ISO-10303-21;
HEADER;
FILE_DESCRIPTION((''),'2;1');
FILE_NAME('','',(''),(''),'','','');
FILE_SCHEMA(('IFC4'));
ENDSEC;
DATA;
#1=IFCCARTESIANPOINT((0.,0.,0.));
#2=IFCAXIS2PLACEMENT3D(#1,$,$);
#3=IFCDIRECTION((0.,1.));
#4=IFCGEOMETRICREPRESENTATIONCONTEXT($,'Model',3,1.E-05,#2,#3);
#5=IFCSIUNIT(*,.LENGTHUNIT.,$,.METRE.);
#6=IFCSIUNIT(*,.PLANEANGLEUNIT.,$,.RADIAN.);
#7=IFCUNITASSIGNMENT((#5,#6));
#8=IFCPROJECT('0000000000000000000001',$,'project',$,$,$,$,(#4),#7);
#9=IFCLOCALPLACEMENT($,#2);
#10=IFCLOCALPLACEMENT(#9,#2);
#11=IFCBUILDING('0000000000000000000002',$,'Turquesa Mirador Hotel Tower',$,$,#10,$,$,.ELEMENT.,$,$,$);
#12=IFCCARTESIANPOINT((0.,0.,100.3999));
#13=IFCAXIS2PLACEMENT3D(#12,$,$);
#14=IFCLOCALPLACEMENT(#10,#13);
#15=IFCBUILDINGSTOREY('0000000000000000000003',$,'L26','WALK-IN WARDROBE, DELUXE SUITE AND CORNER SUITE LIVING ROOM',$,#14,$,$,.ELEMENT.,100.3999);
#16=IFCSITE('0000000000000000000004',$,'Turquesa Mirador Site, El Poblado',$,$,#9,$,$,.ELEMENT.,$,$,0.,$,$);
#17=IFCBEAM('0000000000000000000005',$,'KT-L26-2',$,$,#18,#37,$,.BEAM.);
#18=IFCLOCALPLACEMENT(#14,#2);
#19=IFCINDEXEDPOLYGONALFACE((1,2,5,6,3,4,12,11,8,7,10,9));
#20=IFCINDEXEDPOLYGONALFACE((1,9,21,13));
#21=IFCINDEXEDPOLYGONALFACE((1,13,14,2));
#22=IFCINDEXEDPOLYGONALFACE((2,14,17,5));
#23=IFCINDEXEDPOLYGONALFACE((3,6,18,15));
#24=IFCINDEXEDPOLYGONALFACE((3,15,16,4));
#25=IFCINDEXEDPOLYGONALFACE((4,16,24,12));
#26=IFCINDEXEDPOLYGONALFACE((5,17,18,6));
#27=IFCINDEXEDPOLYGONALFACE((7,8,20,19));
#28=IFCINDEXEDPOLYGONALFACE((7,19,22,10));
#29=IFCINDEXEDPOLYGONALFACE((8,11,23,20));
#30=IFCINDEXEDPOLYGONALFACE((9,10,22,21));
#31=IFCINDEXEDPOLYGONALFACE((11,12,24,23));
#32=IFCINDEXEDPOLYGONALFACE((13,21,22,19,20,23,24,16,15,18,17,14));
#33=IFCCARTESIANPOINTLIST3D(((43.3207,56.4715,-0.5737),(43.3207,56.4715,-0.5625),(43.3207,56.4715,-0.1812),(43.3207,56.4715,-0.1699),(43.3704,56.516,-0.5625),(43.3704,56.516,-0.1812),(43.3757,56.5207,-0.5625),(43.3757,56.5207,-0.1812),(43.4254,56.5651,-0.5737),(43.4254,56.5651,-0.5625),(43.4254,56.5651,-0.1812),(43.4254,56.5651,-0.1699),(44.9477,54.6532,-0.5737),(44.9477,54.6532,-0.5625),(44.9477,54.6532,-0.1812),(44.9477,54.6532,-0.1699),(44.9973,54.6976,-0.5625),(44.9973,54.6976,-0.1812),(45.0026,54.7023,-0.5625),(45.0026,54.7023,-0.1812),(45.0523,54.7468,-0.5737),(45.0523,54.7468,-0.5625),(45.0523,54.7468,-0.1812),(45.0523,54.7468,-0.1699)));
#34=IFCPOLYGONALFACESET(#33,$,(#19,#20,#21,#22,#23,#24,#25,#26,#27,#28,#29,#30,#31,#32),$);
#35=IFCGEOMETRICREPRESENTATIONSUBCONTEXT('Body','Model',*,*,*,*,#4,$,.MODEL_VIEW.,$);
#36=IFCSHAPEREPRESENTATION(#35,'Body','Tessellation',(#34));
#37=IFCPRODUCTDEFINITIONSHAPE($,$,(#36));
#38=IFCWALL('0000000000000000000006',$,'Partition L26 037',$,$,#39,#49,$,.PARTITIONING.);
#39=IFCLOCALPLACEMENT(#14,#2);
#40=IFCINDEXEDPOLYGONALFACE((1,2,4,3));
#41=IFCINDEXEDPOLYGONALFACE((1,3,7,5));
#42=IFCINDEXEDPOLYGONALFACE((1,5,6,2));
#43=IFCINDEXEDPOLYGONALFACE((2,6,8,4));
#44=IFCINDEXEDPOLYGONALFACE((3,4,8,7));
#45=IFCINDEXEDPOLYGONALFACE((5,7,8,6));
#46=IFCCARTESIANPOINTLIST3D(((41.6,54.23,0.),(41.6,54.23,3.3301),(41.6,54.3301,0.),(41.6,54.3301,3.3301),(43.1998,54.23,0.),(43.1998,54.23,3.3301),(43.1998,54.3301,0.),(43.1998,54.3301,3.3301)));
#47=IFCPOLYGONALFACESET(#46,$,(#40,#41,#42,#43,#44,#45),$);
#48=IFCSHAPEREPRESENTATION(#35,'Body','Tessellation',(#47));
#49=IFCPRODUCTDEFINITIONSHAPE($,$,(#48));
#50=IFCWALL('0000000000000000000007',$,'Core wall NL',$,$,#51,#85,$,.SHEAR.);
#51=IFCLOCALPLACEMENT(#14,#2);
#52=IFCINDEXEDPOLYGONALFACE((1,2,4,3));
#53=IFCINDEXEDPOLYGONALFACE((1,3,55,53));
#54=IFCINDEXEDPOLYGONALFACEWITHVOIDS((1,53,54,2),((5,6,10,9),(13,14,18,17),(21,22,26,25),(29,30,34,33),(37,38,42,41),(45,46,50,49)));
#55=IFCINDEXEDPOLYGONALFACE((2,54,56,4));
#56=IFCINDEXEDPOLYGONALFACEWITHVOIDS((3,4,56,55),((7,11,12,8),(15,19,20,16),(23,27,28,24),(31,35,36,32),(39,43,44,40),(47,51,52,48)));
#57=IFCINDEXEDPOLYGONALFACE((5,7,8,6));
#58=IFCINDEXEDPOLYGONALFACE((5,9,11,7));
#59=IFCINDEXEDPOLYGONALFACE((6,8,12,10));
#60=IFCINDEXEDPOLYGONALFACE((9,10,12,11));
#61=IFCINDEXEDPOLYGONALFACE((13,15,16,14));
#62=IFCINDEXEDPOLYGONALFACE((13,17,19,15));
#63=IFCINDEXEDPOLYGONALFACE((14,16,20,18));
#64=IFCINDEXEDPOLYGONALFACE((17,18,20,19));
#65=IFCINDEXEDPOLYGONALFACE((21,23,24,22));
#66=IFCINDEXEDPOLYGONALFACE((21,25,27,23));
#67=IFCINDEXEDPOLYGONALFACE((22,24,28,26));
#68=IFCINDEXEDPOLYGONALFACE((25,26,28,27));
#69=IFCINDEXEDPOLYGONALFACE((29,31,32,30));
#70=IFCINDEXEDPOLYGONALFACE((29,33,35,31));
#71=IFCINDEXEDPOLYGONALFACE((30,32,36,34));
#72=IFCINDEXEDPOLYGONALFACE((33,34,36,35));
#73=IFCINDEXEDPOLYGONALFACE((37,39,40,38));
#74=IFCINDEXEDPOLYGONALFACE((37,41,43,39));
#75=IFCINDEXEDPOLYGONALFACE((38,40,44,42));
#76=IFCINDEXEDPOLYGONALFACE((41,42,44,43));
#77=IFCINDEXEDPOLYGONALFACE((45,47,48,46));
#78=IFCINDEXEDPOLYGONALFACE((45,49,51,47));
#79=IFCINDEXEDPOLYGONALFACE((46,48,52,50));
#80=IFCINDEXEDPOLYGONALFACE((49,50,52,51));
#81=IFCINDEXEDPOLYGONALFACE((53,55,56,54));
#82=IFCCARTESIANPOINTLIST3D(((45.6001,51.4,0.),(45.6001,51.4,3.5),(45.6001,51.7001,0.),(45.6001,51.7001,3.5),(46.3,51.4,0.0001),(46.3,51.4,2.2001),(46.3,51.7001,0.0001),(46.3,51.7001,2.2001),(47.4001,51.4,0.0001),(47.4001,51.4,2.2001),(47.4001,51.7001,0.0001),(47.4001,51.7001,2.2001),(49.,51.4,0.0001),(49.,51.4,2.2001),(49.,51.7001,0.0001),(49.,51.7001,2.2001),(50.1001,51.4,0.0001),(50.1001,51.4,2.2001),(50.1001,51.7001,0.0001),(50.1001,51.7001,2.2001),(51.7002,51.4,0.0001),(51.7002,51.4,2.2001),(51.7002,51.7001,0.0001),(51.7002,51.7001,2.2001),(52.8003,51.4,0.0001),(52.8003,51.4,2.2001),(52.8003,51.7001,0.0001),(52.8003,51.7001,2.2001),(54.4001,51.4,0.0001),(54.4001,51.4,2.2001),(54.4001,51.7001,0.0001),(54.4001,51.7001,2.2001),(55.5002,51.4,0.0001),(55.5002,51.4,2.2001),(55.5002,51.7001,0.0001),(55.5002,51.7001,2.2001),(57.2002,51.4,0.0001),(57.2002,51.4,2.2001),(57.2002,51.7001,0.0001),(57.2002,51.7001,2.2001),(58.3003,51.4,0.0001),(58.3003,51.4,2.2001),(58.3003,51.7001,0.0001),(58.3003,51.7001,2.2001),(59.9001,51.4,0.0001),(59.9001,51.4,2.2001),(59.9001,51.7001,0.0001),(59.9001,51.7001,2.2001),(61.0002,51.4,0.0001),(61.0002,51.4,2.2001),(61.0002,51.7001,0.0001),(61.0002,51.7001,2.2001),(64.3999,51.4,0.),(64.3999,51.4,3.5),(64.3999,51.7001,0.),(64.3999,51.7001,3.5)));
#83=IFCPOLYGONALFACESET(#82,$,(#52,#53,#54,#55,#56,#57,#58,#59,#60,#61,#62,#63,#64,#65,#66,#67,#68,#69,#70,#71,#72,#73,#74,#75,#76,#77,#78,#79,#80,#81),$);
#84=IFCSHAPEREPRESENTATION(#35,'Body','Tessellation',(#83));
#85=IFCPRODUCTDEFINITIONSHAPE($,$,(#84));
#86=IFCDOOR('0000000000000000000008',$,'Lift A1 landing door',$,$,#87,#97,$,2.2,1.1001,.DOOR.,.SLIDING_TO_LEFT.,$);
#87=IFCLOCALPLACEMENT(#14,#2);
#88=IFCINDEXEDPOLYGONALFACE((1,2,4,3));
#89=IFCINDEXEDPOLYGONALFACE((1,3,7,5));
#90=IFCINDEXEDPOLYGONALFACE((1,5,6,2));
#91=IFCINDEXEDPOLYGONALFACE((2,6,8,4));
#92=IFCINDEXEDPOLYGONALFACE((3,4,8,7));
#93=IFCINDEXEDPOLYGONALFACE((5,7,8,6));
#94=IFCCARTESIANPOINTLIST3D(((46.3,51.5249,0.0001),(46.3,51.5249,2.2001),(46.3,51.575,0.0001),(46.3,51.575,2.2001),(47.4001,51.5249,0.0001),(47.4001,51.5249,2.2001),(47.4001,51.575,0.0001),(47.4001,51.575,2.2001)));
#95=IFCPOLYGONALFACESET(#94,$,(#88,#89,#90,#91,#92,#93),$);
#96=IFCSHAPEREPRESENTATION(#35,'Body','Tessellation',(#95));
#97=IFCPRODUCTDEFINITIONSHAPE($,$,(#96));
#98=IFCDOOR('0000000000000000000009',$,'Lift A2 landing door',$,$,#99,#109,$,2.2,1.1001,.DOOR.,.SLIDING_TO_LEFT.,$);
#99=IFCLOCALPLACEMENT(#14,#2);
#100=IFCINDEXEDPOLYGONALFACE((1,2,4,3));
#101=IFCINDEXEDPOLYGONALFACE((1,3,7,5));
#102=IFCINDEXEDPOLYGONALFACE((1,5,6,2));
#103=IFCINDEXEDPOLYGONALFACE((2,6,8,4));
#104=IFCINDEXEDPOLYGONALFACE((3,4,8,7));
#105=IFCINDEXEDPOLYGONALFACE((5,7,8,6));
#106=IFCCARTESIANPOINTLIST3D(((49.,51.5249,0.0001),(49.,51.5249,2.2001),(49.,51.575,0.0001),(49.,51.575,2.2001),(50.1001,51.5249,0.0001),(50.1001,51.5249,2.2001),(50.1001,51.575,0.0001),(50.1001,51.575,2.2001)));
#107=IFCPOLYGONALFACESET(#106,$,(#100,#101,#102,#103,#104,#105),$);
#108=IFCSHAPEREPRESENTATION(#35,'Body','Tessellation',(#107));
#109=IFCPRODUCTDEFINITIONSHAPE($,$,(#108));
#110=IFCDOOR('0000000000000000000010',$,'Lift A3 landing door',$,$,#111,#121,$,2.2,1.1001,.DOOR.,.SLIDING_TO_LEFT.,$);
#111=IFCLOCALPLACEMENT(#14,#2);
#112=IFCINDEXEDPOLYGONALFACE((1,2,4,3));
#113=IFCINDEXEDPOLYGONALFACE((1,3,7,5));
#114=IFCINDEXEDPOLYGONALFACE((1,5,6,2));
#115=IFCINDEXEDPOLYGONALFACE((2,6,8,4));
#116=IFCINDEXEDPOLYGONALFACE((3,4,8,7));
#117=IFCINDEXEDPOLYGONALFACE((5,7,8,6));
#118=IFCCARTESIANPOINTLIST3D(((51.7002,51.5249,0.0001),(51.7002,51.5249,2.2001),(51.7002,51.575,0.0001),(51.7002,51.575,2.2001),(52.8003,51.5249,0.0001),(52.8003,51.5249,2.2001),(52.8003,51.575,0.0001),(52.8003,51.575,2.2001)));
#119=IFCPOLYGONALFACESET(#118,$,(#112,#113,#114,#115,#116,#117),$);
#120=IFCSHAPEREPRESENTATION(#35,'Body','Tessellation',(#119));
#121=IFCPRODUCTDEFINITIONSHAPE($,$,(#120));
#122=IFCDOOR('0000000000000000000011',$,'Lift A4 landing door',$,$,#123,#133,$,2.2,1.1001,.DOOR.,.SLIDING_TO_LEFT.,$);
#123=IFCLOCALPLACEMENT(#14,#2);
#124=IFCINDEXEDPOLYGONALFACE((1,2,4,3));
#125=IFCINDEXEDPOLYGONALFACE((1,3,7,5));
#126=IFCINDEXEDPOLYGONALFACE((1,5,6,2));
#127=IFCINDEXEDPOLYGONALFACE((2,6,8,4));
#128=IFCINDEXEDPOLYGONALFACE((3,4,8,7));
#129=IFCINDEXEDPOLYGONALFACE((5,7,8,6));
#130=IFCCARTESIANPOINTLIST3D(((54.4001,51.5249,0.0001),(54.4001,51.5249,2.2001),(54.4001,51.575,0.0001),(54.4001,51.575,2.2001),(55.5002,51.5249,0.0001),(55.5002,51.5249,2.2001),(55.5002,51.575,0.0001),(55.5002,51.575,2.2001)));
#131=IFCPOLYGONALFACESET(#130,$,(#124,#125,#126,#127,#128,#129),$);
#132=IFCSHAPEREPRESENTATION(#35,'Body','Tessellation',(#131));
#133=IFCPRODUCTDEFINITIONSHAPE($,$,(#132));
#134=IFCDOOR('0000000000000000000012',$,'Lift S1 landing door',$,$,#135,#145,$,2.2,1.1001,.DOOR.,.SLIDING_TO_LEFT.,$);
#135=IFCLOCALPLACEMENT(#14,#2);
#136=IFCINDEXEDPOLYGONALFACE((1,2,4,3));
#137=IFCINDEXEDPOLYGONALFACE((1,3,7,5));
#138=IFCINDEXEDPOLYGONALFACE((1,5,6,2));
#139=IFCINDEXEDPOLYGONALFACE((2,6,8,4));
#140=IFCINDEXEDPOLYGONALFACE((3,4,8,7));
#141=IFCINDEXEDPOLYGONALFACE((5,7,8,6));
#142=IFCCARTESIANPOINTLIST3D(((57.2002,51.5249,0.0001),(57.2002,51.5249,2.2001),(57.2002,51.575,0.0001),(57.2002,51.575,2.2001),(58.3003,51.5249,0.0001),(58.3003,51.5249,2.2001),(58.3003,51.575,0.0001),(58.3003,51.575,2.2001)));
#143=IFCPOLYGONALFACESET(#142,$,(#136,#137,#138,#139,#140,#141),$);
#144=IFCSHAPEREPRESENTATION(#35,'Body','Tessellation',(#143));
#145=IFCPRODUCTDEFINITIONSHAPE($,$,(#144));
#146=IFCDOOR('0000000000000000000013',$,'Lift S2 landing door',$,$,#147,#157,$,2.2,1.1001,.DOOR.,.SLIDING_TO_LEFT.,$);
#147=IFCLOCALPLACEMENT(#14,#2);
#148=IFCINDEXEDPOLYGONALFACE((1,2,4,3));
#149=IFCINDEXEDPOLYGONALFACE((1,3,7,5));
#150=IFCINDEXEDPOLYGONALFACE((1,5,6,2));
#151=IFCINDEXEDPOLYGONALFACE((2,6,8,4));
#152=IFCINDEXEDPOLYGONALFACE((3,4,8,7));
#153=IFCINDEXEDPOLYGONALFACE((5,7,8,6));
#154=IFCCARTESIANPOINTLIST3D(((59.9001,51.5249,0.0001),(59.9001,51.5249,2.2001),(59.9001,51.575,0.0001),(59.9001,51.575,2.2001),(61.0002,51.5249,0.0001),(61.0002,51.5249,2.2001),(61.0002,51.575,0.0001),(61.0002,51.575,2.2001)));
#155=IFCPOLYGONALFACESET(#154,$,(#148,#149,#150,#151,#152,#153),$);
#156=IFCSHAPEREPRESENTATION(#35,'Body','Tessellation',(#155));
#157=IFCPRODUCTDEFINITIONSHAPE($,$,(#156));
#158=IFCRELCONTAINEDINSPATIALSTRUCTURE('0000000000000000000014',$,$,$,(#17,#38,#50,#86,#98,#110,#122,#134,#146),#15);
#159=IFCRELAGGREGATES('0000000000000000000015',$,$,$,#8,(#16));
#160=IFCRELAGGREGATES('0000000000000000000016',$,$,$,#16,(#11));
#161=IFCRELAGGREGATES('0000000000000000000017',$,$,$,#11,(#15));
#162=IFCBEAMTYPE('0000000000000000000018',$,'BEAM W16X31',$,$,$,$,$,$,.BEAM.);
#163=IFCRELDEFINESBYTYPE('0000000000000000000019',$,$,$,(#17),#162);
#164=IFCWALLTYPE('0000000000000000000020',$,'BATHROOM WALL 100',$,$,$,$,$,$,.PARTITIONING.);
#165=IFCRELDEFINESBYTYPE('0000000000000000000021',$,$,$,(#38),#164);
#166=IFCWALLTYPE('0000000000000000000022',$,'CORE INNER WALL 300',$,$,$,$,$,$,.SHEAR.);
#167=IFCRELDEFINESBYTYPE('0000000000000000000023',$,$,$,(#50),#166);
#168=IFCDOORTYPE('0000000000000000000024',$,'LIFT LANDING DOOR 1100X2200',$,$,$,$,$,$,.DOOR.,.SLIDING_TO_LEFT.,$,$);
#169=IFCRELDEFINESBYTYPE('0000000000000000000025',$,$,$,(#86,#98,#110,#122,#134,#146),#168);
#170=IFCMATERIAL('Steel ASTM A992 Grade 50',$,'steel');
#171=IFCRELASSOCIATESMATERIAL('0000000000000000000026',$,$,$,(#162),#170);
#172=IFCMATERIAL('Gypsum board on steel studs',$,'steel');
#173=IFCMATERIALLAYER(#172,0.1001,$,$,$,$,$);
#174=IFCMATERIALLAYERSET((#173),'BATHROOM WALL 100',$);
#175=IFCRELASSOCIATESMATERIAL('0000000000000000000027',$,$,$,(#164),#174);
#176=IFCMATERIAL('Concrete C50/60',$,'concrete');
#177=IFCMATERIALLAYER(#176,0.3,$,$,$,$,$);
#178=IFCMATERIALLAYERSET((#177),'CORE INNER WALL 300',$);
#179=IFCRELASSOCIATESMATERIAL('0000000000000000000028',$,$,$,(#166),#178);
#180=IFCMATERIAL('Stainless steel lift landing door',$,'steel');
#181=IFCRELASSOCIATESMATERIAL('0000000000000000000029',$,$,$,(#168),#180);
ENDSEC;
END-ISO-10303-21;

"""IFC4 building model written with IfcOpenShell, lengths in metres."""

from ifc_helpers import new_model, si_unit, direction, frame, frame_2d, origin, origin_2d, place, context, subcontext, project, spatial, rectangle, i_section, extrude, material, layer, layer_set, material_profile, profile_set, type_object, element, fill, save


model = new_model("IFC4")

# Units and contexts
model_context = context("Model", 3, precision=1e-05, world=origin(), true_north=direction((0.0, 1.0)))
body_context = subcontext(model_context, "Body", "Model", "MODEL_VIEW")
ifc_project = project(units=[si_unit("LENGTHUNIT", "METRE"), si_unit("PLANEANGLEUNIT", "RADIAN")], contexts=[model_context])

# Site, building, storey
site_placement = place(None, origin())
site = spatial("IfcSite", under=ifc_project, at=site_placement, Name="Turquesa Mirador Site, El Poblado", CompositionType="ELEMENT", RefElevation=0.0)
building_placement = place(site_placement, origin())
building = spatial("IfcBuilding", under=site, at=building_placement, Name="Turquesa Mirador Hotel Tower", CompositionType="ELEMENT")
storey_placement = place(building_placement, frame((0.0, 0.0, 100.3999)))
storey = spatial("IfcBuildingStorey", under=building, at=storey_placement, Name="L26", Description="WALK-IN WARDROBE, DELUXE SUITE AND CORNER SUITE LIVING ROOM", CompositionType="ELEMENT", Elevation=100.3999)

# Beam
ifc_material_1 = material(Name="Steel ASTM A992 Grade 50", Category="steel")
ifc_material_profile = material_profile(ifc_material_1, i_section(OverallWidth=0.1404, OverallDepth=0.4038, WebThickness=0.0071, FlangeThickness=0.0112, at=origin_2d()), Name="W16X31")
ifc_profile_set = profile_set([ifc_material_profile], Name="Steel ASTM A992 Grade 50")
beam_type = type_object("IfcBeamType", Name="BEAM W16X31", PredefinedType="BEAM", material=ifc_profile_set)
beam_placement = place(storey_placement, frame((43.373, 56.5183, -0.3718), z_axis=(0.666795, -0.745241, 0.0), x_axis=(0.745241, 0.666795, 0.0)))
element("IfcBeam", 1, at=beam_placement, inside=storey, type_object=beam_type, Name="KT-L26-2", PredefinedType="BEAM", context=body_context, shape_type="SweptSolid", body=[
    extrude(i_section(OverallWidth=0.1404, OverallDepth=0.4038, WebThickness=0.0071, FlangeThickness=0.0112, at=origin_2d()), origin(), (0.0, 0.0, 1.0), 2.4399),
])

# Wall
ifc_material_2 = material(Name="Gypsum board on steel studs", Category="steel")
ifc_layer_1 = layer(ifc_material_2, 0.1001)
ifc_layer_set_1 = layer_set([ifc_layer_1], Name="BATHROOM WALL 100")
wall_type_1 = type_object("IfcWallType", Name="BATHROOM WALL 100", PredefinedType="PARTITIONING", material=ifc_layer_set_1)
wall_1_placement = place(storey_placement, frame((41.6001, 54.28, 0.0), z_axis=(0.0, 0.0, 1.0), x_axis=(1.0, 0.0, 0.0)))
element("IfcWall", 2, at=wall_1_placement, inside=storey, type_object=wall_type_1, Name="Partition L26 037", PredefinedType="PARTITIONING", context=body_context, shape_type="SweptSolid", body=[
    extrude(rectangle(XDim=1.5999, YDim=0.1001, at=frame_2d((0.7998, 0.0))), origin(), (0.0, 0.0, 1.0), 3.3301),
])

# Wall, openings, doors
ifc_material_3 = material(Name="Concrete C50/60", Category="concrete")
ifc_layer_2 = layer(ifc_material_3, 0.3)
ifc_layer_set_2 = layer_set([ifc_layer_2], Name="CORE INNER WALL 300")
wall_type_2 = type_object("IfcWallType", Name="CORE INNER WALL 300", PredefinedType="SHEAR", material=ifc_layer_set_2)
wall_2_placement = place(storey_placement, frame((45.6001, 51.55, 0.0), z_axis=(0.0, 0.0, 1.0), x_axis=(1.0, 0.0, 0.0)))
wall_2 = element("IfcWall", 3, at=wall_2_placement, inside=storey, type_object=wall_type_2, Name="Core wall NL", PredefinedType="SHEAR", context=body_context, shape_type="SweptSolid", body=[
    extrude(rectangle(XDim=18.7998, YDim=0.3, at=frame_2d((9.3999, 0.0))), origin(), (0.0, 0.0, 1.0), 3.5),
])
opening_1_placement = place(wall_2_placement, frame((0.7, 0.0, 0.0)))
opening_1 = element("IfcOpeningElement", 4, at=opening_1_placement, cuts=wall_2, PredefinedType="OPENING", context=body_context, shape_type="SweptSolid", body=[
    extrude(rectangle(XDim=1.1001, YDim=2.2, at=frame_2d((0.55, 1.1001))), frame((0.0, 0.1599, 0.0), z_axis=(0.0, -1.0, 0.0), x_axis=(1.0, 0.0, 0.0)), (0.0, 0.0, 1.0), 0.3201),
])
opening_2_placement = place(wall_2_placement, frame((3.3999, 0.0, 0.0)))
opening_2 = element("IfcOpeningElement", 5, at=opening_2_placement, cuts=wall_2, PredefinedType="OPENING", context=body_context, shape_type="SweptSolid", body=[
    extrude(rectangle(XDim=1.1001, YDim=2.2, at=frame_2d((0.55, 1.1001))), frame((0.0, 0.1599, 0.0), z_axis=(0.0, -1.0, 0.0), x_axis=(1.0, 0.0, 0.0)), (0.0, 0.0, 1.0), 0.3201),
])
opening_3_placement = place(wall_2_placement, frame((6.1001, 0.0, 0.0)))
opening_3 = element("IfcOpeningElement", 6, at=opening_3_placement, cuts=wall_2, PredefinedType="OPENING", context=body_context, shape_type="SweptSolid", body=[
    extrude(rectangle(XDim=1.1001, YDim=2.2, at=frame_2d((0.55, 1.1001))), frame((0.0, 0.1599, 0.0), z_axis=(0.0, -1.0, 0.0), x_axis=(1.0, 0.0, 0.0)), (0.0, 0.0, 1.0), 0.3201),
])
opening_4_placement = place(wall_2_placement, frame((8.8, 0.0, 0.0)))
opening_4 = element("IfcOpeningElement", 7, at=opening_4_placement, cuts=wall_2, PredefinedType="OPENING", context=body_context, shape_type="SweptSolid", body=[
    extrude(rectangle(XDim=1.1001, YDim=2.2, at=frame_2d((0.55, 1.1001))), frame((0.0, 0.1599, 0.0), z_axis=(0.0, -1.0, 0.0), x_axis=(1.0, 0.0, 0.0)), (0.0, 0.0, 1.0), 0.3201),
])
opening_5_placement = place(wall_2_placement, frame((11.6001, 0.0, 0.0)))
opening_5 = element("IfcOpeningElement", 8, at=opening_5_placement, cuts=wall_2, PredefinedType="OPENING", context=body_context, shape_type="SweptSolid", body=[
    extrude(rectangle(XDim=1.1001, YDim=2.2, at=frame_2d((0.55, 1.1001))), frame((0.0, 0.1599, 0.0), z_axis=(0.0, -1.0, 0.0), x_axis=(1.0, 0.0, 0.0)), (0.0, 0.0, 1.0), 0.3201),
])
opening_6_placement = place(wall_2_placement, frame((14.3, 0.0, 0.0)))
opening_6 = element("IfcOpeningElement", 9, at=opening_6_placement, cuts=wall_2, PredefinedType="OPENING", context=body_context, shape_type="SweptSolid", body=[
    extrude(rectangle(XDim=1.1001, YDim=2.2, at=frame_2d((0.55, 1.1001))), frame((0.0, 0.1599, 0.0), z_axis=(0.0, -1.0, 0.0), x_axis=(1.0, 0.0, 0.0)), (0.0, 0.0, 1.0), 0.3201),
])
ifc_material_4 = material(Name="Stainless steel lift landing door", Category="steel")
door_type = type_object("IfcDoorType", Name="LIFT LANDING DOOR 1100X2200", OperationType="SLIDING_TO_LEFT", PredefinedType="DOOR", material=ifc_material_4)
door_1_placement = place(opening_1_placement, origin())
door_1 = element("IfcDoor", 10, at=door_1_placement, inside=storey, type_object=door_type, Name="Lift A1 landing door", OperationType="SLIDING_TO_LEFT", OverallHeight=2.2, OverallWidth=1.1001, PredefinedType="DOOR", context=body_context, shape_type="SweptSolid", body=[
    extrude(rectangle(XDim=1.1001, YDim=2.2, at=frame_2d((0.55, 1.1001))), frame((0.0, 0.0249, 0.0), z_axis=(0.0, -1.0, 0.0), x_axis=(1.0, 0.0, 0.0)), (0.0, 0.0, 1.0), 0.05),
])
fill(opening_1, door_1)
door_2_placement = place(opening_2_placement, origin())
door_2 = element("IfcDoor", 11, at=door_2_placement, inside=storey, type_object=door_type, Name="Lift A2 landing door", OperationType="SLIDING_TO_LEFT", OverallHeight=2.2, OverallWidth=1.1001, PredefinedType="DOOR", context=body_context, shape_type="SweptSolid", body=[
    extrude(rectangle(XDim=1.1001, YDim=2.2, at=frame_2d((0.55, 1.1001))), frame((0.0, 0.0249, 0.0), z_axis=(0.0, -1.0, 0.0), x_axis=(1.0, 0.0, 0.0)), (0.0, 0.0, 1.0), 0.05),
])
fill(opening_2, door_2)
door_3_placement = place(opening_3_placement, origin())
door_3 = element("IfcDoor", 12, at=door_3_placement, inside=storey, type_object=door_type, Name="Lift A3 landing door", OperationType="SLIDING_TO_LEFT", OverallHeight=2.2, OverallWidth=1.1001, PredefinedType="DOOR", context=body_context, shape_type="SweptSolid", body=[
    extrude(rectangle(XDim=1.1001, YDim=2.2, at=frame_2d((0.55, 1.1001))), frame((0.0, 0.0249, 0.0), z_axis=(0.0, -1.0, 0.0), x_axis=(1.0, 0.0, 0.0)), (0.0, 0.0, 1.0), 0.05),
])
fill(opening_3, door_3)
door_4_placement = place(opening_4_placement, origin())
door_4 = element("IfcDoor", 13, at=door_4_placement, inside=storey, type_object=door_type, Name="Lift A4 landing door", OperationType="SLIDING_TO_LEFT", OverallHeight=2.2, OverallWidth=1.1001, PredefinedType="DOOR", context=body_context, shape_type="SweptSolid", body=[
    extrude(rectangle(XDim=1.1001, YDim=2.2, at=frame_2d((0.55, 1.1001))), frame((0.0, 0.0249, 0.0), z_axis=(0.0, -1.0, 0.0), x_axis=(1.0, 0.0, 0.0)), (0.0, 0.0, 1.0), 0.05),
])
fill(opening_4, door_4)
door_5_placement = place(opening_5_placement, origin())
door_5 = element("IfcDoor", 14, at=door_5_placement, inside=storey, type_object=door_type, Name="Lift S1 landing door", OperationType="SLIDING_TO_LEFT", OverallHeight=2.2, OverallWidth=1.1001, PredefinedType="DOOR", context=body_context, shape_type="SweptSolid", body=[
    extrude(rectangle(XDim=1.1001, YDim=2.2, at=frame_2d((0.55, 1.1001))), frame((0.0, 0.0249, 0.0), z_axis=(0.0, -1.0, 0.0), x_axis=(1.0, 0.0, 0.0)), (0.0, 0.0, 1.0), 0.05),
])
fill(opening_5, door_5)
door_6_placement = place(opening_6_placement, origin())
door_6 = element("IfcDoor", 15, at=door_6_placement, inside=storey, type_object=door_type, Name="Lift S2 landing door", OperationType="SLIDING_TO_LEFT", OverallHeight=2.2, OverallWidth=1.1001, PredefinedType="DOOR", context=body_context, shape_type="SweptSolid", body=[
    extrude(rectangle(XDim=1.1001, YDim=2.2, at=frame_2d((0.55, 1.1001))), frame((0.0, 0.0249, 0.0), z_axis=(0.0, -1.0, 0.0), x_axis=(1.0, 0.0, 0.0)), (0.0, 0.0, 1.0), 0.05),
])
fill(opening_6, door_6)

save(model, "model.ifc")
